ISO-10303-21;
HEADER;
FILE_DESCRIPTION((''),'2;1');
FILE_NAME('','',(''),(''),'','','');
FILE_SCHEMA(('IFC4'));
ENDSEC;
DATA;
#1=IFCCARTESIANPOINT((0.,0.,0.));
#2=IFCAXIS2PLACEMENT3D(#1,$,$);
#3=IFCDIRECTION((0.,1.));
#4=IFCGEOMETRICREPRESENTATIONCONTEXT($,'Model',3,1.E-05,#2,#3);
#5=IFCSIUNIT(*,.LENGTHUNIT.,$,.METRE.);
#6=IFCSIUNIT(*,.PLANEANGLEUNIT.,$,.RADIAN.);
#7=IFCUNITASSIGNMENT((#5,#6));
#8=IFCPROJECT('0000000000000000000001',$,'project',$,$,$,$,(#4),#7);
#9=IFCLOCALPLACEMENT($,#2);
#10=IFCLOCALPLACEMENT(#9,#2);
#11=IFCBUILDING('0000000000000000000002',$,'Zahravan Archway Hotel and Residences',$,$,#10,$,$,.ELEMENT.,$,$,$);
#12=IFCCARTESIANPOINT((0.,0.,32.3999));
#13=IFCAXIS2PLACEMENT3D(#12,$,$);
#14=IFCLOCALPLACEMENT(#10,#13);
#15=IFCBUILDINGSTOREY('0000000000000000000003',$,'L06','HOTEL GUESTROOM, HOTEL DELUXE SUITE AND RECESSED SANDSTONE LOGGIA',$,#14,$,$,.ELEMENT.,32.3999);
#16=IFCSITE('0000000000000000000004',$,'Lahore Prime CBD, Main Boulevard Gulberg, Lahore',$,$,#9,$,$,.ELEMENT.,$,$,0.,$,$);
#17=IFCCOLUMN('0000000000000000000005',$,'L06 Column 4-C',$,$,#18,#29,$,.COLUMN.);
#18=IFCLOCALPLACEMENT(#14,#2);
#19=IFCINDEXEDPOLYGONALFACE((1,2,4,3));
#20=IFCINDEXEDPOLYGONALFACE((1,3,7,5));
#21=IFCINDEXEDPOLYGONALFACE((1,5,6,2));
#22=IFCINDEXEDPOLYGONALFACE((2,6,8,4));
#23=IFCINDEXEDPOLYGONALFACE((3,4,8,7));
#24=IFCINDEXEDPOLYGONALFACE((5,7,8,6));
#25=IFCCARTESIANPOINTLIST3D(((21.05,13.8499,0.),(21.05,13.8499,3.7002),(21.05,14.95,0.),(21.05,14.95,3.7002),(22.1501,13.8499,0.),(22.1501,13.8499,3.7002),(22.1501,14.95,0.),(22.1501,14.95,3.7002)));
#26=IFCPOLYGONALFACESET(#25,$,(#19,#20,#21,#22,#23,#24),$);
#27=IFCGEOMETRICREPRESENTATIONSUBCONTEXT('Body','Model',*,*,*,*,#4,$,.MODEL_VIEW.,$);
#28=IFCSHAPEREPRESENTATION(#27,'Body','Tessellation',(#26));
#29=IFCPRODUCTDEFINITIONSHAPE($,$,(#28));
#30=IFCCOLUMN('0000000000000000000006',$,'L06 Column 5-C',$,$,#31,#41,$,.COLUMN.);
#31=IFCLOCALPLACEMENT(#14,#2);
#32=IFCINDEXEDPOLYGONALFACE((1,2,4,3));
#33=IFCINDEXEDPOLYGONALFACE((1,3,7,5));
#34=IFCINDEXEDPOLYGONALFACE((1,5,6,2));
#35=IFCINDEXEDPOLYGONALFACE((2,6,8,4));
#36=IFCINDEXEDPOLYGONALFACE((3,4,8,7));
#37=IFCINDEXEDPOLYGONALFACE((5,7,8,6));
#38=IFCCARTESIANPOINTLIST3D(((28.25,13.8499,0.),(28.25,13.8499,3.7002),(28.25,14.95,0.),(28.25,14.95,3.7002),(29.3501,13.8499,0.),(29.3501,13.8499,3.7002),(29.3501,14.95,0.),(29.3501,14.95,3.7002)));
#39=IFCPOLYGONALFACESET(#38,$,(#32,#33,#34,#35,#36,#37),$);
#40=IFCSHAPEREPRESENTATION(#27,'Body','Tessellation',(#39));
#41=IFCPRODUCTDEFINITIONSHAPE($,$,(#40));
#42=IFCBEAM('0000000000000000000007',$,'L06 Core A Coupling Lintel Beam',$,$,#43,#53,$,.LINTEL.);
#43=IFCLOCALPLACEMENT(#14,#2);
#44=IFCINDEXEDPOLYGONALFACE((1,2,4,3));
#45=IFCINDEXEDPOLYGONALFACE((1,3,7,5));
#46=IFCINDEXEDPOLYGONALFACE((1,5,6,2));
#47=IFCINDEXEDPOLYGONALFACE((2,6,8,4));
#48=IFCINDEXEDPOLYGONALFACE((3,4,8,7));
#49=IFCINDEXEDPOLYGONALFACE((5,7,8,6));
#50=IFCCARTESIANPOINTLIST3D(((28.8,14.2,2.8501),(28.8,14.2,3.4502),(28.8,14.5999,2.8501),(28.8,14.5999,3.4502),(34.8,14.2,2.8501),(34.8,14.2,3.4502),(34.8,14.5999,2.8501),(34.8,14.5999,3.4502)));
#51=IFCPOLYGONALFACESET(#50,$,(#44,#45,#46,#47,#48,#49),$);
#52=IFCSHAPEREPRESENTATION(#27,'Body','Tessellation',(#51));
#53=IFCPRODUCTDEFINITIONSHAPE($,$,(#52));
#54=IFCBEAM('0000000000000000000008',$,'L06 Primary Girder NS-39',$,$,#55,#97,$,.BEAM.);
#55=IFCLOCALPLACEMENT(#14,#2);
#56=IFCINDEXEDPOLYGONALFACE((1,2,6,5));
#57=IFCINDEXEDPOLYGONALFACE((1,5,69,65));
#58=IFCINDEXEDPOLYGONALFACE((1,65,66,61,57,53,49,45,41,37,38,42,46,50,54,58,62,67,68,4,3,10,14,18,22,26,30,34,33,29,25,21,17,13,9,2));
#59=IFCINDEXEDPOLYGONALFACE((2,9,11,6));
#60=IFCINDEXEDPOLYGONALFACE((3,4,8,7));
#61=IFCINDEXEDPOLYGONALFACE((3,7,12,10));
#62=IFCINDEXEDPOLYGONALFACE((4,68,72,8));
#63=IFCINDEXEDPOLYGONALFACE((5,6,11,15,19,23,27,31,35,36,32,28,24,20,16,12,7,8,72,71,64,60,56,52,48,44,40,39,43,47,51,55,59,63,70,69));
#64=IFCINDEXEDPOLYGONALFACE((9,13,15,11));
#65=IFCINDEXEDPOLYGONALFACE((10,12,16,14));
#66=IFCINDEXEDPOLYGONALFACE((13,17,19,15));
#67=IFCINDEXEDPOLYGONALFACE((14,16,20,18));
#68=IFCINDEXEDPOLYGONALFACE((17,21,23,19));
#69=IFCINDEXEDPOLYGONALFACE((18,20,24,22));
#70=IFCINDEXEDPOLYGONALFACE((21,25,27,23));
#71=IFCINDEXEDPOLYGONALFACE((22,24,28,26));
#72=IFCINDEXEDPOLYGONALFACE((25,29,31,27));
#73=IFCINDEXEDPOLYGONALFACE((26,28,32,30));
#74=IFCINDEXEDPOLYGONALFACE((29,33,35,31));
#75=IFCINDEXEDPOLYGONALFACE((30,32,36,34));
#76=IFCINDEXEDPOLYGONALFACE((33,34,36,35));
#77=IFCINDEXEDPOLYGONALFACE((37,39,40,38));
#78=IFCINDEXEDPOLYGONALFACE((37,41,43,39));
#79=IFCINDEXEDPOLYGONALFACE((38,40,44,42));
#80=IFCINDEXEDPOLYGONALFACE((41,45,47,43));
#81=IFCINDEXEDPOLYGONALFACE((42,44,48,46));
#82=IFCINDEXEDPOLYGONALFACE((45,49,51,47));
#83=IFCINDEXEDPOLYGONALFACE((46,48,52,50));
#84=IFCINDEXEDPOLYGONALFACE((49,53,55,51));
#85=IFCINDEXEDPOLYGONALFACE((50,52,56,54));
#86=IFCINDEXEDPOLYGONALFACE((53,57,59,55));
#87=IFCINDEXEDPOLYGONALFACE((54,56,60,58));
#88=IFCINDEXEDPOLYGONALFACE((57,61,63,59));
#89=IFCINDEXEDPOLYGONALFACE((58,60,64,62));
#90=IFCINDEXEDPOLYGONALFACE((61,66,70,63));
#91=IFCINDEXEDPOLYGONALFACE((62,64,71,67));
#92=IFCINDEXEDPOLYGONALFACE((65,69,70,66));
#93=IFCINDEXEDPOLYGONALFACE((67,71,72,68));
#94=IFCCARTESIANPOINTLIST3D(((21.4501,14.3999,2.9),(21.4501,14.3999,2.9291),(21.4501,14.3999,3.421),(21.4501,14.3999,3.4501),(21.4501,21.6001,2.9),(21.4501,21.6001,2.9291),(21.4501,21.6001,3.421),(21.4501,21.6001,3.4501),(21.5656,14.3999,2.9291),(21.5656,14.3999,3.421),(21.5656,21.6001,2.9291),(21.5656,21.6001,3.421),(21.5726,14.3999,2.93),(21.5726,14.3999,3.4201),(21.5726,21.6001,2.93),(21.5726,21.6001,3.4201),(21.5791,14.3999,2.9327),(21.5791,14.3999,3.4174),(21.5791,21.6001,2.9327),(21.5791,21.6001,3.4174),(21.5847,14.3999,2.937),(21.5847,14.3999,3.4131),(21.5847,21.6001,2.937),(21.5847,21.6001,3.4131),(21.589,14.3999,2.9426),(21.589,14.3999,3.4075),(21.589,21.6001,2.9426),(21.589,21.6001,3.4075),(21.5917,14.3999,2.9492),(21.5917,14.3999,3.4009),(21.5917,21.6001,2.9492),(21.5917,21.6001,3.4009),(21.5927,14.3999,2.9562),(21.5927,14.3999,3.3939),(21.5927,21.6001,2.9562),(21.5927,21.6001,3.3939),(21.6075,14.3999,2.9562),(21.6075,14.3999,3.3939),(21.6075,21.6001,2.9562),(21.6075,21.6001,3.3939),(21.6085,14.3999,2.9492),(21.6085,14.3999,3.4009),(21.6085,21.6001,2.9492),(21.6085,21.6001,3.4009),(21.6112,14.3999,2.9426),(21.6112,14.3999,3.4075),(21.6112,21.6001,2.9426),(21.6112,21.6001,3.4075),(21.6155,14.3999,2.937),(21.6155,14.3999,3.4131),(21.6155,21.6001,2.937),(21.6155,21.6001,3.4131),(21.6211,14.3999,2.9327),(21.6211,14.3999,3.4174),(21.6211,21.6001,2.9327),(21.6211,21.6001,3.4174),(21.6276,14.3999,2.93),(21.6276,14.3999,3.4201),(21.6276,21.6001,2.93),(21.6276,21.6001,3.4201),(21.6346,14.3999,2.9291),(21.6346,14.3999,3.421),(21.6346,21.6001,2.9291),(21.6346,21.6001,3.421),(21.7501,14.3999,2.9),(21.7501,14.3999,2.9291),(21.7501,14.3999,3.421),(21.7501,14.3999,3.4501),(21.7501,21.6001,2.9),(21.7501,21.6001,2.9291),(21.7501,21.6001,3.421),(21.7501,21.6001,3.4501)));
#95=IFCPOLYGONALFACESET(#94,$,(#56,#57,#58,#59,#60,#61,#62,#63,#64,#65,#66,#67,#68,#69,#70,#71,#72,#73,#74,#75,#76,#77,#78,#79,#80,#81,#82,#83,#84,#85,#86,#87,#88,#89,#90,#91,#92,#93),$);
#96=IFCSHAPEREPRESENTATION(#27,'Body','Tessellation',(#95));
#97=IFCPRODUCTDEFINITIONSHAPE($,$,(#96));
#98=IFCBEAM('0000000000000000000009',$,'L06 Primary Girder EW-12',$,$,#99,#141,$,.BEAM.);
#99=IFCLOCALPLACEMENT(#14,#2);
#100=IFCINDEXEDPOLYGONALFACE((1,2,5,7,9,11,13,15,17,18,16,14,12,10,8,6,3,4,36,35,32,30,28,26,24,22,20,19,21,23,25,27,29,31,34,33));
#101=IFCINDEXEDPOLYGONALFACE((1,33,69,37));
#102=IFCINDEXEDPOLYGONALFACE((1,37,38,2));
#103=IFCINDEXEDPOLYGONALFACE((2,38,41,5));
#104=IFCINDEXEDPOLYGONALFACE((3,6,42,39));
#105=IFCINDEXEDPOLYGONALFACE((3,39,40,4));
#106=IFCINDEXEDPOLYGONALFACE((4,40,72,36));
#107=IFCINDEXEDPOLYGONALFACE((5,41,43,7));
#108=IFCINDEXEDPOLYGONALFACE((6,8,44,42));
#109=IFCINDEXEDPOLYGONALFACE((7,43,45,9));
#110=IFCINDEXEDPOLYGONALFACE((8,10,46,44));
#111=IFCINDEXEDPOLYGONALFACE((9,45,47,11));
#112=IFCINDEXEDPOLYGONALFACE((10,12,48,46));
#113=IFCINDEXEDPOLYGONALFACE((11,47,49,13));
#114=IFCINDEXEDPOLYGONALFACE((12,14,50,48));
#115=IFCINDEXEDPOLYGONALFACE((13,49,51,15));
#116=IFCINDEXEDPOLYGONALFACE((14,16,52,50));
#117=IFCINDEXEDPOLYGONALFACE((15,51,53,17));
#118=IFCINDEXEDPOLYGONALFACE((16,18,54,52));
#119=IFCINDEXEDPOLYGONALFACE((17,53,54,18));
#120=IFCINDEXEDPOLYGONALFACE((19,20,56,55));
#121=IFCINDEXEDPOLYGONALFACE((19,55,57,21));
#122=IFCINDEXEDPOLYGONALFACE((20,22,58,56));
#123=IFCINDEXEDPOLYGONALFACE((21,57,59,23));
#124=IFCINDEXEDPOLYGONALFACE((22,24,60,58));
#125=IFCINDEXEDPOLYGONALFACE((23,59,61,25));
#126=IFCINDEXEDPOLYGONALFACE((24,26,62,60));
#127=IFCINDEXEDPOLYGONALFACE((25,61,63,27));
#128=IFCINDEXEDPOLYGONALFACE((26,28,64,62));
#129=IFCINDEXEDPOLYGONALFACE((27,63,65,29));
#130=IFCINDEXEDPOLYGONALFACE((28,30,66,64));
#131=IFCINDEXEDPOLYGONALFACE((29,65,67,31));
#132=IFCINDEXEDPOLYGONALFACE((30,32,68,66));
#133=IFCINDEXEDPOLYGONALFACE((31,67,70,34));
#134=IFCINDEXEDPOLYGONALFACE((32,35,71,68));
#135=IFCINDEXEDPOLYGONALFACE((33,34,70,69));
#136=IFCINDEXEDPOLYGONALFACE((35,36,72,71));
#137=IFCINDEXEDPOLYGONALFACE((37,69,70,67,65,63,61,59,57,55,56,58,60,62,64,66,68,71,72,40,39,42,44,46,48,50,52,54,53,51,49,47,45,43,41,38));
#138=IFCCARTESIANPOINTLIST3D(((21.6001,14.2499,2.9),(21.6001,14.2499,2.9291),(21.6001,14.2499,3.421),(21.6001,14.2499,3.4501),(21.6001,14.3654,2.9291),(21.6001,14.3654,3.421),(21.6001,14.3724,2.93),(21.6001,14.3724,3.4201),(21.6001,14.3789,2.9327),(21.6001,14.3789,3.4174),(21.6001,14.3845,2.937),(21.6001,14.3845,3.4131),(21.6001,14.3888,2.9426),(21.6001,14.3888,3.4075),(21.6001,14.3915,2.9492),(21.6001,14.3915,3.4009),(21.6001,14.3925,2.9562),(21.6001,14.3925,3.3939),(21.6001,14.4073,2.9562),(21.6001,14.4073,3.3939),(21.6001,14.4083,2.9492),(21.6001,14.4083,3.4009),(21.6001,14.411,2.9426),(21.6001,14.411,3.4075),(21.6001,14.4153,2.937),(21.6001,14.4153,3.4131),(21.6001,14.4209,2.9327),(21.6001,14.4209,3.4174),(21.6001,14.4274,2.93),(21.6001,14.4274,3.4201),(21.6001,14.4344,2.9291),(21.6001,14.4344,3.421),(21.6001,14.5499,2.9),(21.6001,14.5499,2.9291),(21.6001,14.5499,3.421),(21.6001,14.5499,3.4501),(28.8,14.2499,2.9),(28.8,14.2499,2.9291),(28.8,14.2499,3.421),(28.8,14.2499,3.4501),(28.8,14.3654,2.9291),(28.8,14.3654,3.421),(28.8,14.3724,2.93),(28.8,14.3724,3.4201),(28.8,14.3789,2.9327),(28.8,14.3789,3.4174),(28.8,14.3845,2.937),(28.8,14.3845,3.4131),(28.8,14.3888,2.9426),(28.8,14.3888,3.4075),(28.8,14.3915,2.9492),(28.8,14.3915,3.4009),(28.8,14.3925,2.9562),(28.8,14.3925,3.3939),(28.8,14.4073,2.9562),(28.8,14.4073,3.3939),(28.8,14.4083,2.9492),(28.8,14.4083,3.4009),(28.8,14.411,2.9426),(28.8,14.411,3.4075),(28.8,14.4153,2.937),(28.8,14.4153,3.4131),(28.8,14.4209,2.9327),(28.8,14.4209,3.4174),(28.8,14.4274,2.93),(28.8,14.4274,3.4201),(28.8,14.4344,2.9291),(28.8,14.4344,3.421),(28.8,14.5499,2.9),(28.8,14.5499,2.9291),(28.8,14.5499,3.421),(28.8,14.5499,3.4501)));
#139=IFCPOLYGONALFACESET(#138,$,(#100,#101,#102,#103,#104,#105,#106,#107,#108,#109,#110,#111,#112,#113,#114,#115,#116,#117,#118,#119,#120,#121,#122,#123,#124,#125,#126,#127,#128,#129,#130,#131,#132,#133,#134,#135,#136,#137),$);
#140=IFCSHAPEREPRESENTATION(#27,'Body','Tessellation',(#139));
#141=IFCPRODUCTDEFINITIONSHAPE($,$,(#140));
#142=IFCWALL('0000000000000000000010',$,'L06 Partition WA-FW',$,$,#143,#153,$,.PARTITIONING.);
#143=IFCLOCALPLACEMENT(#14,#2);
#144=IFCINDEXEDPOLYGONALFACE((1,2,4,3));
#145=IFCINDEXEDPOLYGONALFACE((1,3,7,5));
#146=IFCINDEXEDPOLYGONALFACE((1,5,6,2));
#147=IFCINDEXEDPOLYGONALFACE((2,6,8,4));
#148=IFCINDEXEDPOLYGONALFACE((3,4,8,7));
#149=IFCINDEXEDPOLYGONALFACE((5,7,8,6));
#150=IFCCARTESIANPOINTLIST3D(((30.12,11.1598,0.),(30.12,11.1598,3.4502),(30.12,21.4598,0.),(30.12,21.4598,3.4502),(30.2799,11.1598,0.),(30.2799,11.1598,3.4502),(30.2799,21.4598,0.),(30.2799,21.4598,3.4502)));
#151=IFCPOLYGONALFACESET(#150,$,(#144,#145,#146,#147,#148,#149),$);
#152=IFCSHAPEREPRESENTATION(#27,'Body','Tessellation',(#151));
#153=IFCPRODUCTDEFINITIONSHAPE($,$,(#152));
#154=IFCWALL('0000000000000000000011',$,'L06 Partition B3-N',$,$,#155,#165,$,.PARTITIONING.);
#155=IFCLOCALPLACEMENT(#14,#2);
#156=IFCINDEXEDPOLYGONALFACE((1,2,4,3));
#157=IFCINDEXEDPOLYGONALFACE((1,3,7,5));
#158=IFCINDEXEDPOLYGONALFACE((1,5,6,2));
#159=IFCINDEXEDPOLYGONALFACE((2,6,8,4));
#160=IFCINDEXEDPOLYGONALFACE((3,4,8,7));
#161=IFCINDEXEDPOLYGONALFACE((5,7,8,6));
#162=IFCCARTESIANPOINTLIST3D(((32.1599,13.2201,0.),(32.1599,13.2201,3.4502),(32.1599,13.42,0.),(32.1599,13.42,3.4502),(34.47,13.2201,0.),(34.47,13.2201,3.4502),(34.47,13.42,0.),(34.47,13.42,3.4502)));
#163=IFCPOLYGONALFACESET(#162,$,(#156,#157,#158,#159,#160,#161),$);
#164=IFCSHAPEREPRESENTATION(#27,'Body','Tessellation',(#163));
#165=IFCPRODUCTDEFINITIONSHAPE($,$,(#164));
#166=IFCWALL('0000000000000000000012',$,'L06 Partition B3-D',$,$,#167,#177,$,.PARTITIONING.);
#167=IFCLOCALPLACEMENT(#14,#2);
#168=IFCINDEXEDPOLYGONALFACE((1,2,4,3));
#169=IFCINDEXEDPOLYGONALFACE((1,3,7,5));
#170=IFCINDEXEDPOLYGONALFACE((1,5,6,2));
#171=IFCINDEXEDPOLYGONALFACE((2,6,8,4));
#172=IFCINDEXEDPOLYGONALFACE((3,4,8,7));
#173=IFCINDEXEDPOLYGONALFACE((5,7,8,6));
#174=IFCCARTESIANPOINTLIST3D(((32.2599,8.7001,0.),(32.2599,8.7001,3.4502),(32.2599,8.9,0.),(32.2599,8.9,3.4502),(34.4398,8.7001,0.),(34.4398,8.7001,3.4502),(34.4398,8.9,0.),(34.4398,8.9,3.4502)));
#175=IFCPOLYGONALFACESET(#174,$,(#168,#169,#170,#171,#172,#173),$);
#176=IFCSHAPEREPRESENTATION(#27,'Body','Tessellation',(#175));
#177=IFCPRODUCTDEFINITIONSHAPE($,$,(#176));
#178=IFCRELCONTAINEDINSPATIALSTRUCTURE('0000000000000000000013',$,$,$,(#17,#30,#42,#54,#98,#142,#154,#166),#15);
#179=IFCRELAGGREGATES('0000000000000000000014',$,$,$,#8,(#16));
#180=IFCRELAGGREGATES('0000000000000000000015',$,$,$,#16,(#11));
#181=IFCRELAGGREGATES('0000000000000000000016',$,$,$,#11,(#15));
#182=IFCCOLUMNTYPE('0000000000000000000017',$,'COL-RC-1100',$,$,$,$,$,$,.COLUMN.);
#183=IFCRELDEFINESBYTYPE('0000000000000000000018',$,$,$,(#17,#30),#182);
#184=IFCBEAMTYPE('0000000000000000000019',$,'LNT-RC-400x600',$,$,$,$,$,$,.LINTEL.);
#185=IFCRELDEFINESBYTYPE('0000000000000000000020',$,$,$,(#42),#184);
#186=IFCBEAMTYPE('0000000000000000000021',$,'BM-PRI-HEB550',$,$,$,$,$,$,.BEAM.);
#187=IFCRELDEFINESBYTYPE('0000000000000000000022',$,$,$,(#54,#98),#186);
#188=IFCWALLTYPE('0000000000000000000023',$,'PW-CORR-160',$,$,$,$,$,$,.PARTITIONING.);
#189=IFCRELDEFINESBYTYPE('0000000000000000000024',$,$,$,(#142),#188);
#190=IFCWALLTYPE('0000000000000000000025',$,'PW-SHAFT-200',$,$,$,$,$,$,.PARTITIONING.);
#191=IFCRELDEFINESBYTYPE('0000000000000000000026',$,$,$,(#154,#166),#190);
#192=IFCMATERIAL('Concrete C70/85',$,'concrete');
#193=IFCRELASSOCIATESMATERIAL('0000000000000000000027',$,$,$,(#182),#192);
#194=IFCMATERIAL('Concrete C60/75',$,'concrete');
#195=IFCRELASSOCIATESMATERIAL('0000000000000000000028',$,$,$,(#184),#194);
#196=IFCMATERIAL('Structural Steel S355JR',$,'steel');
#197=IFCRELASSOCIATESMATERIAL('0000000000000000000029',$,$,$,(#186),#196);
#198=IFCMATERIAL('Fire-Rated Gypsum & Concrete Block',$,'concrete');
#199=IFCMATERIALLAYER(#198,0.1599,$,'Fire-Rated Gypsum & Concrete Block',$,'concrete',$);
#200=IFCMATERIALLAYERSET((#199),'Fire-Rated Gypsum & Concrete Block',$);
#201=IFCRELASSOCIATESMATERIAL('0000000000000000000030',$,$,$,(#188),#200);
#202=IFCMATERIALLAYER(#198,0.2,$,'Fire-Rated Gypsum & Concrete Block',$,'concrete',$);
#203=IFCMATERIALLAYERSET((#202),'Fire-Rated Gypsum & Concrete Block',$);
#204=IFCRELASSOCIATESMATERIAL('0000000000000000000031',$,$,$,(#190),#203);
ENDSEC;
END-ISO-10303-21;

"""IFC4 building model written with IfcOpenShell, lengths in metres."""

from ifc_helpers import new_model, si_unit, direction, frame, frame_2d, origin, origin_2d, place, context, subcontext, project, spatial, rectangle, i_section, extrude, source, transform, mapped, material, layer, layer_set, material_profile, profile_set, type_object, type_shapes, element, save


model = new_model("IFC4")

# Units and contexts
model_context = context("Model", 3, precision=1e-05, world=origin(), true_north=direction((0.0, 1.0)))
body_context = subcontext(model_context, "Body", "Model", "MODEL_VIEW")
ifc_project = project(units=[si_unit("LENGTHUNIT", "METRE"), si_unit("PLANEANGLEUNIT", "RADIAN")], contexts=[model_context])

# Site, building, storey
site_placement = place(None, origin())
site = spatial("IfcSite", under=ifc_project, at=site_placement, Name="Lahore Prime CBD, Main Boulevard Gulberg, Lahore", CompositionType="ELEMENT", RefElevation=0.0)
building_placement = place(site_placement, origin())
building = spatial("IfcBuilding", under=site, at=building_placement, Name="Zahravan Archway Hotel and Residences", CompositionType="ELEMENT")
storey_placement = place(building_placement, frame((0.0, 0.0, 32.3999)))
storey = spatial("IfcBuildingStorey", under=building, at=storey_placement, Name="L06", Description="HOTEL GUESTROOM, HOTEL DELUXE SUITE AND RECESSED SANDSTONE LOGGIA", CompositionType="ELEMENT", Elevation=32.3999)

# Columns
ifc_material_1 = material(Name="Concrete C70/85", Category="concrete")
ifc_material_profile_1 = material_profile(ifc_material_1, rectangle(XDim=1.1001, YDim=1.1001, at=origin_2d()), Name="RC 1100x1100", Category="concrete")
ifc_profile_set_1 = profile_set([ifc_material_profile_1], Name="Concrete C70/85")
column_type = type_object("IfcColumnType", Name="COL-RC-1100", PredefinedType="COLUMN", material=ifc_profile_set_1)
shared_shape_1 = source(origin(), body_context, "Body", "SweptSolid", [
    extrude(rectangle(XDim=1.1001, YDim=1.1001, at=origin_2d()), origin(), (0.0, 0.0, 1.0), 3.7002),
])
for number, where, z_axis, x_axis, name in (
    (1, (21.6001, 14.3999, 0.0), (0.0, 0.0, 1.0), (1.0, 0.0, 0.0), "L06 Column 4-C"),
    (2, (28.8, 14.3999, 0.0), (0.0, 0.0, 1.0), (1.0, 0.0, 0.0), "L06 Column 5-C"),
):
    element("IfcColumn", number, at=place(storey_placement, frame(where, z_axis=z_axis, x_axis=x_axis)), inside=storey, type_object=column_type, Name=name, PredefinedType="COLUMN", context=body_context, shape_type="MappedRepresentation", body=[
        mapped(shared_shape_1, transform((0.0, 0.0, 0.0), scale=1.0)),
    ])

# Beams
ifc_material_2 = material(Name="Concrete C60/75", Category="concrete")
ifc_material_profile_2 = material_profile(ifc_material_2, rectangle(XDim=0.3999, YDim=0.6001, at=origin_2d()), Name="RC-LNT-400x600", Category="concrete")
ifc_profile_set_2 = profile_set([ifc_material_profile_2], Name="Concrete C60/75")
beam_type_1 = type_object("IfcBeamType", Name="LNT-RC-400x600", PredefinedType="LINTEL", material=ifc_profile_set_2)
shared_shape_2 = source(origin(), body_context, "Body", "SweptSolid", [
    extrude(rectangle(XDim=0.3999, YDim=0.6001, at=origin_2d()), origin(), (0.0, 0.0, 1.0), 6.0),
])
type_shapes(beam_type_1, [shared_shape_2])
beam_1_placement = place(storey_placement, frame((28.8, 14.3999, 3.1501), z_axis=(1.0, 0.0, 0.0), x_axis=(0.0, 1.0, 0.0)))
element("IfcBeam", 3, at=beam_1_placement, inside=storey, type_object=beam_type_1, Name="L06 Core A Coupling Lintel Beam", PredefinedType="LINTEL", context=body_context, shape_type="MappedRepresentation", body=[
    mapped(shared_shape_2, transform((0.0, 0.0, 0.0), scale=1.0)),
])
ifc_material_3 = material(Name="Structural Steel S355JR", Category="steel")
ifc_material_profile_3 = material_profile(ifc_material_3, i_section(OverallWidth=0.3, OverallDepth=0.55, WebThickness=0.0149, FlangeThickness=0.0291, FilletRadius=0.0271, at=origin_2d()), Name="HEB 550", Category="steel")
ifc_profile_set_3 = profile_set([ifc_material_profile_3], Name="Structural Steel S355JR")
beam_type_2 = type_object("IfcBeamType", Name="BM-PRI-HEB550", PredefinedType="BEAM", material=ifc_profile_set_3)
shared_shape_3 = source(origin(), body_context, "Body", "SweptSolid", [
    extrude(i_section(OverallWidth=0.3, OverallDepth=0.55, WebThickness=0.0149, FlangeThickness=0.0291, FilletRadius=0.0271, at=origin_2d()), origin(), (0.0, 0.0, 1.0), 7.2002),
])
type_shapes(beam_type_2, [shared_shape_3])
beam_2_placement = place(storey_placement, frame((21.6001, 14.3999, 3.175), z_axis=(0.0, 1.0, 0.0), x_axis=(-1.0, 0.0, 0.0)))
element("IfcBeam", 4, at=beam_2_placement, inside=storey, type_object=beam_type_2, Name="L06 Primary Girder NS-39", PredefinedType="BEAM", context=body_context, shape_type="MappedRepresentation", body=[
    mapped(shared_shape_3, transform((0.0, 0.0, 0.0), scale=1.0)),
])
shared_shape_4 = source(origin(), body_context, "Body", "SweptSolid", [
    extrude(i_section(OverallWidth=0.3, OverallDepth=0.55, WebThickness=0.0149, FlangeThickness=0.0291, FilletRadius=0.0271, at=origin_2d()), origin(), (0.0, 0.0, 1.0), 7.2),
])
beam_3_placement = place(storey_placement, frame((21.6001, 14.3999, 3.175), z_axis=(1.0, 0.0, 0.0), x_axis=(0.0, 1.0, 0.0)))
element("IfcBeam", 5, at=beam_3_placement, inside=storey, type_object=beam_type_2, Name="L06 Primary Girder EW-12", PredefinedType="BEAM", context=body_context, shape_type="MappedRepresentation", body=[
    mapped(shared_shape_4, transform((0.0, 0.0, 0.0), scale=1.0)),
])

# Walls
ifc_material_4 = material(Name="Fire-Rated Gypsum & Concrete Block", Category="concrete")
ifc_layer_1 = layer(ifc_material_4, 0.1599, Name="Fire-Rated Gypsum & Concrete Block", Category="concrete")
ifc_layer_set_1 = layer_set([ifc_layer_1], Name="Fire-Rated Gypsum & Concrete Block")
wall_type_1 = type_object("IfcWallType", Name="PW-CORR-160", PredefinedType="PARTITIONING", material=ifc_layer_set_1)
wall_1_placement = place(storey_placement, frame((30.2, 11.1599, 0.0), z_axis=(0.0, 0.0, 1.0), x_axis=(0.0, 1.0, 0.0)))
element("IfcWall", 6, at=wall_1_placement, inside=storey, type_object=wall_type_1, Name="L06 Partition WA-FW", PredefinedType="PARTITIONING", context=body_context, shape_type="SweptSolid", body=[
    extrude(rectangle(XDim=10.3, YDim=0.1599, at=frame_2d((5.1499, 0.0))), origin(), (0.0, 0.0, 1.0), 3.4502),
])
ifc_layer_2 = layer(ifc_material_4, 0.2, Name="Fire-Rated Gypsum & Concrete Block", Category="concrete")
ifc_layer_set_2 = layer_set([ifc_layer_2], Name="Fire-Rated Gypsum & Concrete Block")
wall_type_2 = type_object("IfcWallType", Name="PW-SHAFT-200", PredefinedType="PARTITIONING", material=ifc_layer_set_2)
wall_2_placement = place(storey_placement, frame((32.1599, 13.3201, 0.0), z_axis=(0.0, 0.0, 1.0), x_axis=(1.0, 0.0, 0.0)))
element("IfcWall", 7, at=wall_2_placement, inside=storey, type_object=wall_type_2, Name="L06 Partition B3-N", PredefinedType="PARTITIONING", context=body_context, shape_type="SweptSolid", body=[
    extrude(rectangle(XDim=2.3101, YDim=0.2, at=frame_2d((1.155, 0.0))), origin(), (0.0, 0.0, 1.0), 3.4502),
])
for number, where, z_axis, x_axis, name in (
    (8, (32.26, 8.8, 0.0), (0.0, 0.0, 1.0), (1.0, 0.0, 0.0), "L06 Partition B3-D"),
):
    element("IfcWall", number, at=place(storey_placement, frame(where, z_axis=z_axis, x_axis=x_axis)), inside=storey, type_object=wall_type_2, Name=name, PredefinedType="PARTITIONING", context=body_context, shape_type="SweptSolid", body=[
        extrude(rectangle(XDim=2.1799, YDim=0.2, at=frame_2d((1.0898, 0.0))), origin(), (0.0, 0.0, 1.0), 3.4502),
    ])

save(model, "model.ifc")
